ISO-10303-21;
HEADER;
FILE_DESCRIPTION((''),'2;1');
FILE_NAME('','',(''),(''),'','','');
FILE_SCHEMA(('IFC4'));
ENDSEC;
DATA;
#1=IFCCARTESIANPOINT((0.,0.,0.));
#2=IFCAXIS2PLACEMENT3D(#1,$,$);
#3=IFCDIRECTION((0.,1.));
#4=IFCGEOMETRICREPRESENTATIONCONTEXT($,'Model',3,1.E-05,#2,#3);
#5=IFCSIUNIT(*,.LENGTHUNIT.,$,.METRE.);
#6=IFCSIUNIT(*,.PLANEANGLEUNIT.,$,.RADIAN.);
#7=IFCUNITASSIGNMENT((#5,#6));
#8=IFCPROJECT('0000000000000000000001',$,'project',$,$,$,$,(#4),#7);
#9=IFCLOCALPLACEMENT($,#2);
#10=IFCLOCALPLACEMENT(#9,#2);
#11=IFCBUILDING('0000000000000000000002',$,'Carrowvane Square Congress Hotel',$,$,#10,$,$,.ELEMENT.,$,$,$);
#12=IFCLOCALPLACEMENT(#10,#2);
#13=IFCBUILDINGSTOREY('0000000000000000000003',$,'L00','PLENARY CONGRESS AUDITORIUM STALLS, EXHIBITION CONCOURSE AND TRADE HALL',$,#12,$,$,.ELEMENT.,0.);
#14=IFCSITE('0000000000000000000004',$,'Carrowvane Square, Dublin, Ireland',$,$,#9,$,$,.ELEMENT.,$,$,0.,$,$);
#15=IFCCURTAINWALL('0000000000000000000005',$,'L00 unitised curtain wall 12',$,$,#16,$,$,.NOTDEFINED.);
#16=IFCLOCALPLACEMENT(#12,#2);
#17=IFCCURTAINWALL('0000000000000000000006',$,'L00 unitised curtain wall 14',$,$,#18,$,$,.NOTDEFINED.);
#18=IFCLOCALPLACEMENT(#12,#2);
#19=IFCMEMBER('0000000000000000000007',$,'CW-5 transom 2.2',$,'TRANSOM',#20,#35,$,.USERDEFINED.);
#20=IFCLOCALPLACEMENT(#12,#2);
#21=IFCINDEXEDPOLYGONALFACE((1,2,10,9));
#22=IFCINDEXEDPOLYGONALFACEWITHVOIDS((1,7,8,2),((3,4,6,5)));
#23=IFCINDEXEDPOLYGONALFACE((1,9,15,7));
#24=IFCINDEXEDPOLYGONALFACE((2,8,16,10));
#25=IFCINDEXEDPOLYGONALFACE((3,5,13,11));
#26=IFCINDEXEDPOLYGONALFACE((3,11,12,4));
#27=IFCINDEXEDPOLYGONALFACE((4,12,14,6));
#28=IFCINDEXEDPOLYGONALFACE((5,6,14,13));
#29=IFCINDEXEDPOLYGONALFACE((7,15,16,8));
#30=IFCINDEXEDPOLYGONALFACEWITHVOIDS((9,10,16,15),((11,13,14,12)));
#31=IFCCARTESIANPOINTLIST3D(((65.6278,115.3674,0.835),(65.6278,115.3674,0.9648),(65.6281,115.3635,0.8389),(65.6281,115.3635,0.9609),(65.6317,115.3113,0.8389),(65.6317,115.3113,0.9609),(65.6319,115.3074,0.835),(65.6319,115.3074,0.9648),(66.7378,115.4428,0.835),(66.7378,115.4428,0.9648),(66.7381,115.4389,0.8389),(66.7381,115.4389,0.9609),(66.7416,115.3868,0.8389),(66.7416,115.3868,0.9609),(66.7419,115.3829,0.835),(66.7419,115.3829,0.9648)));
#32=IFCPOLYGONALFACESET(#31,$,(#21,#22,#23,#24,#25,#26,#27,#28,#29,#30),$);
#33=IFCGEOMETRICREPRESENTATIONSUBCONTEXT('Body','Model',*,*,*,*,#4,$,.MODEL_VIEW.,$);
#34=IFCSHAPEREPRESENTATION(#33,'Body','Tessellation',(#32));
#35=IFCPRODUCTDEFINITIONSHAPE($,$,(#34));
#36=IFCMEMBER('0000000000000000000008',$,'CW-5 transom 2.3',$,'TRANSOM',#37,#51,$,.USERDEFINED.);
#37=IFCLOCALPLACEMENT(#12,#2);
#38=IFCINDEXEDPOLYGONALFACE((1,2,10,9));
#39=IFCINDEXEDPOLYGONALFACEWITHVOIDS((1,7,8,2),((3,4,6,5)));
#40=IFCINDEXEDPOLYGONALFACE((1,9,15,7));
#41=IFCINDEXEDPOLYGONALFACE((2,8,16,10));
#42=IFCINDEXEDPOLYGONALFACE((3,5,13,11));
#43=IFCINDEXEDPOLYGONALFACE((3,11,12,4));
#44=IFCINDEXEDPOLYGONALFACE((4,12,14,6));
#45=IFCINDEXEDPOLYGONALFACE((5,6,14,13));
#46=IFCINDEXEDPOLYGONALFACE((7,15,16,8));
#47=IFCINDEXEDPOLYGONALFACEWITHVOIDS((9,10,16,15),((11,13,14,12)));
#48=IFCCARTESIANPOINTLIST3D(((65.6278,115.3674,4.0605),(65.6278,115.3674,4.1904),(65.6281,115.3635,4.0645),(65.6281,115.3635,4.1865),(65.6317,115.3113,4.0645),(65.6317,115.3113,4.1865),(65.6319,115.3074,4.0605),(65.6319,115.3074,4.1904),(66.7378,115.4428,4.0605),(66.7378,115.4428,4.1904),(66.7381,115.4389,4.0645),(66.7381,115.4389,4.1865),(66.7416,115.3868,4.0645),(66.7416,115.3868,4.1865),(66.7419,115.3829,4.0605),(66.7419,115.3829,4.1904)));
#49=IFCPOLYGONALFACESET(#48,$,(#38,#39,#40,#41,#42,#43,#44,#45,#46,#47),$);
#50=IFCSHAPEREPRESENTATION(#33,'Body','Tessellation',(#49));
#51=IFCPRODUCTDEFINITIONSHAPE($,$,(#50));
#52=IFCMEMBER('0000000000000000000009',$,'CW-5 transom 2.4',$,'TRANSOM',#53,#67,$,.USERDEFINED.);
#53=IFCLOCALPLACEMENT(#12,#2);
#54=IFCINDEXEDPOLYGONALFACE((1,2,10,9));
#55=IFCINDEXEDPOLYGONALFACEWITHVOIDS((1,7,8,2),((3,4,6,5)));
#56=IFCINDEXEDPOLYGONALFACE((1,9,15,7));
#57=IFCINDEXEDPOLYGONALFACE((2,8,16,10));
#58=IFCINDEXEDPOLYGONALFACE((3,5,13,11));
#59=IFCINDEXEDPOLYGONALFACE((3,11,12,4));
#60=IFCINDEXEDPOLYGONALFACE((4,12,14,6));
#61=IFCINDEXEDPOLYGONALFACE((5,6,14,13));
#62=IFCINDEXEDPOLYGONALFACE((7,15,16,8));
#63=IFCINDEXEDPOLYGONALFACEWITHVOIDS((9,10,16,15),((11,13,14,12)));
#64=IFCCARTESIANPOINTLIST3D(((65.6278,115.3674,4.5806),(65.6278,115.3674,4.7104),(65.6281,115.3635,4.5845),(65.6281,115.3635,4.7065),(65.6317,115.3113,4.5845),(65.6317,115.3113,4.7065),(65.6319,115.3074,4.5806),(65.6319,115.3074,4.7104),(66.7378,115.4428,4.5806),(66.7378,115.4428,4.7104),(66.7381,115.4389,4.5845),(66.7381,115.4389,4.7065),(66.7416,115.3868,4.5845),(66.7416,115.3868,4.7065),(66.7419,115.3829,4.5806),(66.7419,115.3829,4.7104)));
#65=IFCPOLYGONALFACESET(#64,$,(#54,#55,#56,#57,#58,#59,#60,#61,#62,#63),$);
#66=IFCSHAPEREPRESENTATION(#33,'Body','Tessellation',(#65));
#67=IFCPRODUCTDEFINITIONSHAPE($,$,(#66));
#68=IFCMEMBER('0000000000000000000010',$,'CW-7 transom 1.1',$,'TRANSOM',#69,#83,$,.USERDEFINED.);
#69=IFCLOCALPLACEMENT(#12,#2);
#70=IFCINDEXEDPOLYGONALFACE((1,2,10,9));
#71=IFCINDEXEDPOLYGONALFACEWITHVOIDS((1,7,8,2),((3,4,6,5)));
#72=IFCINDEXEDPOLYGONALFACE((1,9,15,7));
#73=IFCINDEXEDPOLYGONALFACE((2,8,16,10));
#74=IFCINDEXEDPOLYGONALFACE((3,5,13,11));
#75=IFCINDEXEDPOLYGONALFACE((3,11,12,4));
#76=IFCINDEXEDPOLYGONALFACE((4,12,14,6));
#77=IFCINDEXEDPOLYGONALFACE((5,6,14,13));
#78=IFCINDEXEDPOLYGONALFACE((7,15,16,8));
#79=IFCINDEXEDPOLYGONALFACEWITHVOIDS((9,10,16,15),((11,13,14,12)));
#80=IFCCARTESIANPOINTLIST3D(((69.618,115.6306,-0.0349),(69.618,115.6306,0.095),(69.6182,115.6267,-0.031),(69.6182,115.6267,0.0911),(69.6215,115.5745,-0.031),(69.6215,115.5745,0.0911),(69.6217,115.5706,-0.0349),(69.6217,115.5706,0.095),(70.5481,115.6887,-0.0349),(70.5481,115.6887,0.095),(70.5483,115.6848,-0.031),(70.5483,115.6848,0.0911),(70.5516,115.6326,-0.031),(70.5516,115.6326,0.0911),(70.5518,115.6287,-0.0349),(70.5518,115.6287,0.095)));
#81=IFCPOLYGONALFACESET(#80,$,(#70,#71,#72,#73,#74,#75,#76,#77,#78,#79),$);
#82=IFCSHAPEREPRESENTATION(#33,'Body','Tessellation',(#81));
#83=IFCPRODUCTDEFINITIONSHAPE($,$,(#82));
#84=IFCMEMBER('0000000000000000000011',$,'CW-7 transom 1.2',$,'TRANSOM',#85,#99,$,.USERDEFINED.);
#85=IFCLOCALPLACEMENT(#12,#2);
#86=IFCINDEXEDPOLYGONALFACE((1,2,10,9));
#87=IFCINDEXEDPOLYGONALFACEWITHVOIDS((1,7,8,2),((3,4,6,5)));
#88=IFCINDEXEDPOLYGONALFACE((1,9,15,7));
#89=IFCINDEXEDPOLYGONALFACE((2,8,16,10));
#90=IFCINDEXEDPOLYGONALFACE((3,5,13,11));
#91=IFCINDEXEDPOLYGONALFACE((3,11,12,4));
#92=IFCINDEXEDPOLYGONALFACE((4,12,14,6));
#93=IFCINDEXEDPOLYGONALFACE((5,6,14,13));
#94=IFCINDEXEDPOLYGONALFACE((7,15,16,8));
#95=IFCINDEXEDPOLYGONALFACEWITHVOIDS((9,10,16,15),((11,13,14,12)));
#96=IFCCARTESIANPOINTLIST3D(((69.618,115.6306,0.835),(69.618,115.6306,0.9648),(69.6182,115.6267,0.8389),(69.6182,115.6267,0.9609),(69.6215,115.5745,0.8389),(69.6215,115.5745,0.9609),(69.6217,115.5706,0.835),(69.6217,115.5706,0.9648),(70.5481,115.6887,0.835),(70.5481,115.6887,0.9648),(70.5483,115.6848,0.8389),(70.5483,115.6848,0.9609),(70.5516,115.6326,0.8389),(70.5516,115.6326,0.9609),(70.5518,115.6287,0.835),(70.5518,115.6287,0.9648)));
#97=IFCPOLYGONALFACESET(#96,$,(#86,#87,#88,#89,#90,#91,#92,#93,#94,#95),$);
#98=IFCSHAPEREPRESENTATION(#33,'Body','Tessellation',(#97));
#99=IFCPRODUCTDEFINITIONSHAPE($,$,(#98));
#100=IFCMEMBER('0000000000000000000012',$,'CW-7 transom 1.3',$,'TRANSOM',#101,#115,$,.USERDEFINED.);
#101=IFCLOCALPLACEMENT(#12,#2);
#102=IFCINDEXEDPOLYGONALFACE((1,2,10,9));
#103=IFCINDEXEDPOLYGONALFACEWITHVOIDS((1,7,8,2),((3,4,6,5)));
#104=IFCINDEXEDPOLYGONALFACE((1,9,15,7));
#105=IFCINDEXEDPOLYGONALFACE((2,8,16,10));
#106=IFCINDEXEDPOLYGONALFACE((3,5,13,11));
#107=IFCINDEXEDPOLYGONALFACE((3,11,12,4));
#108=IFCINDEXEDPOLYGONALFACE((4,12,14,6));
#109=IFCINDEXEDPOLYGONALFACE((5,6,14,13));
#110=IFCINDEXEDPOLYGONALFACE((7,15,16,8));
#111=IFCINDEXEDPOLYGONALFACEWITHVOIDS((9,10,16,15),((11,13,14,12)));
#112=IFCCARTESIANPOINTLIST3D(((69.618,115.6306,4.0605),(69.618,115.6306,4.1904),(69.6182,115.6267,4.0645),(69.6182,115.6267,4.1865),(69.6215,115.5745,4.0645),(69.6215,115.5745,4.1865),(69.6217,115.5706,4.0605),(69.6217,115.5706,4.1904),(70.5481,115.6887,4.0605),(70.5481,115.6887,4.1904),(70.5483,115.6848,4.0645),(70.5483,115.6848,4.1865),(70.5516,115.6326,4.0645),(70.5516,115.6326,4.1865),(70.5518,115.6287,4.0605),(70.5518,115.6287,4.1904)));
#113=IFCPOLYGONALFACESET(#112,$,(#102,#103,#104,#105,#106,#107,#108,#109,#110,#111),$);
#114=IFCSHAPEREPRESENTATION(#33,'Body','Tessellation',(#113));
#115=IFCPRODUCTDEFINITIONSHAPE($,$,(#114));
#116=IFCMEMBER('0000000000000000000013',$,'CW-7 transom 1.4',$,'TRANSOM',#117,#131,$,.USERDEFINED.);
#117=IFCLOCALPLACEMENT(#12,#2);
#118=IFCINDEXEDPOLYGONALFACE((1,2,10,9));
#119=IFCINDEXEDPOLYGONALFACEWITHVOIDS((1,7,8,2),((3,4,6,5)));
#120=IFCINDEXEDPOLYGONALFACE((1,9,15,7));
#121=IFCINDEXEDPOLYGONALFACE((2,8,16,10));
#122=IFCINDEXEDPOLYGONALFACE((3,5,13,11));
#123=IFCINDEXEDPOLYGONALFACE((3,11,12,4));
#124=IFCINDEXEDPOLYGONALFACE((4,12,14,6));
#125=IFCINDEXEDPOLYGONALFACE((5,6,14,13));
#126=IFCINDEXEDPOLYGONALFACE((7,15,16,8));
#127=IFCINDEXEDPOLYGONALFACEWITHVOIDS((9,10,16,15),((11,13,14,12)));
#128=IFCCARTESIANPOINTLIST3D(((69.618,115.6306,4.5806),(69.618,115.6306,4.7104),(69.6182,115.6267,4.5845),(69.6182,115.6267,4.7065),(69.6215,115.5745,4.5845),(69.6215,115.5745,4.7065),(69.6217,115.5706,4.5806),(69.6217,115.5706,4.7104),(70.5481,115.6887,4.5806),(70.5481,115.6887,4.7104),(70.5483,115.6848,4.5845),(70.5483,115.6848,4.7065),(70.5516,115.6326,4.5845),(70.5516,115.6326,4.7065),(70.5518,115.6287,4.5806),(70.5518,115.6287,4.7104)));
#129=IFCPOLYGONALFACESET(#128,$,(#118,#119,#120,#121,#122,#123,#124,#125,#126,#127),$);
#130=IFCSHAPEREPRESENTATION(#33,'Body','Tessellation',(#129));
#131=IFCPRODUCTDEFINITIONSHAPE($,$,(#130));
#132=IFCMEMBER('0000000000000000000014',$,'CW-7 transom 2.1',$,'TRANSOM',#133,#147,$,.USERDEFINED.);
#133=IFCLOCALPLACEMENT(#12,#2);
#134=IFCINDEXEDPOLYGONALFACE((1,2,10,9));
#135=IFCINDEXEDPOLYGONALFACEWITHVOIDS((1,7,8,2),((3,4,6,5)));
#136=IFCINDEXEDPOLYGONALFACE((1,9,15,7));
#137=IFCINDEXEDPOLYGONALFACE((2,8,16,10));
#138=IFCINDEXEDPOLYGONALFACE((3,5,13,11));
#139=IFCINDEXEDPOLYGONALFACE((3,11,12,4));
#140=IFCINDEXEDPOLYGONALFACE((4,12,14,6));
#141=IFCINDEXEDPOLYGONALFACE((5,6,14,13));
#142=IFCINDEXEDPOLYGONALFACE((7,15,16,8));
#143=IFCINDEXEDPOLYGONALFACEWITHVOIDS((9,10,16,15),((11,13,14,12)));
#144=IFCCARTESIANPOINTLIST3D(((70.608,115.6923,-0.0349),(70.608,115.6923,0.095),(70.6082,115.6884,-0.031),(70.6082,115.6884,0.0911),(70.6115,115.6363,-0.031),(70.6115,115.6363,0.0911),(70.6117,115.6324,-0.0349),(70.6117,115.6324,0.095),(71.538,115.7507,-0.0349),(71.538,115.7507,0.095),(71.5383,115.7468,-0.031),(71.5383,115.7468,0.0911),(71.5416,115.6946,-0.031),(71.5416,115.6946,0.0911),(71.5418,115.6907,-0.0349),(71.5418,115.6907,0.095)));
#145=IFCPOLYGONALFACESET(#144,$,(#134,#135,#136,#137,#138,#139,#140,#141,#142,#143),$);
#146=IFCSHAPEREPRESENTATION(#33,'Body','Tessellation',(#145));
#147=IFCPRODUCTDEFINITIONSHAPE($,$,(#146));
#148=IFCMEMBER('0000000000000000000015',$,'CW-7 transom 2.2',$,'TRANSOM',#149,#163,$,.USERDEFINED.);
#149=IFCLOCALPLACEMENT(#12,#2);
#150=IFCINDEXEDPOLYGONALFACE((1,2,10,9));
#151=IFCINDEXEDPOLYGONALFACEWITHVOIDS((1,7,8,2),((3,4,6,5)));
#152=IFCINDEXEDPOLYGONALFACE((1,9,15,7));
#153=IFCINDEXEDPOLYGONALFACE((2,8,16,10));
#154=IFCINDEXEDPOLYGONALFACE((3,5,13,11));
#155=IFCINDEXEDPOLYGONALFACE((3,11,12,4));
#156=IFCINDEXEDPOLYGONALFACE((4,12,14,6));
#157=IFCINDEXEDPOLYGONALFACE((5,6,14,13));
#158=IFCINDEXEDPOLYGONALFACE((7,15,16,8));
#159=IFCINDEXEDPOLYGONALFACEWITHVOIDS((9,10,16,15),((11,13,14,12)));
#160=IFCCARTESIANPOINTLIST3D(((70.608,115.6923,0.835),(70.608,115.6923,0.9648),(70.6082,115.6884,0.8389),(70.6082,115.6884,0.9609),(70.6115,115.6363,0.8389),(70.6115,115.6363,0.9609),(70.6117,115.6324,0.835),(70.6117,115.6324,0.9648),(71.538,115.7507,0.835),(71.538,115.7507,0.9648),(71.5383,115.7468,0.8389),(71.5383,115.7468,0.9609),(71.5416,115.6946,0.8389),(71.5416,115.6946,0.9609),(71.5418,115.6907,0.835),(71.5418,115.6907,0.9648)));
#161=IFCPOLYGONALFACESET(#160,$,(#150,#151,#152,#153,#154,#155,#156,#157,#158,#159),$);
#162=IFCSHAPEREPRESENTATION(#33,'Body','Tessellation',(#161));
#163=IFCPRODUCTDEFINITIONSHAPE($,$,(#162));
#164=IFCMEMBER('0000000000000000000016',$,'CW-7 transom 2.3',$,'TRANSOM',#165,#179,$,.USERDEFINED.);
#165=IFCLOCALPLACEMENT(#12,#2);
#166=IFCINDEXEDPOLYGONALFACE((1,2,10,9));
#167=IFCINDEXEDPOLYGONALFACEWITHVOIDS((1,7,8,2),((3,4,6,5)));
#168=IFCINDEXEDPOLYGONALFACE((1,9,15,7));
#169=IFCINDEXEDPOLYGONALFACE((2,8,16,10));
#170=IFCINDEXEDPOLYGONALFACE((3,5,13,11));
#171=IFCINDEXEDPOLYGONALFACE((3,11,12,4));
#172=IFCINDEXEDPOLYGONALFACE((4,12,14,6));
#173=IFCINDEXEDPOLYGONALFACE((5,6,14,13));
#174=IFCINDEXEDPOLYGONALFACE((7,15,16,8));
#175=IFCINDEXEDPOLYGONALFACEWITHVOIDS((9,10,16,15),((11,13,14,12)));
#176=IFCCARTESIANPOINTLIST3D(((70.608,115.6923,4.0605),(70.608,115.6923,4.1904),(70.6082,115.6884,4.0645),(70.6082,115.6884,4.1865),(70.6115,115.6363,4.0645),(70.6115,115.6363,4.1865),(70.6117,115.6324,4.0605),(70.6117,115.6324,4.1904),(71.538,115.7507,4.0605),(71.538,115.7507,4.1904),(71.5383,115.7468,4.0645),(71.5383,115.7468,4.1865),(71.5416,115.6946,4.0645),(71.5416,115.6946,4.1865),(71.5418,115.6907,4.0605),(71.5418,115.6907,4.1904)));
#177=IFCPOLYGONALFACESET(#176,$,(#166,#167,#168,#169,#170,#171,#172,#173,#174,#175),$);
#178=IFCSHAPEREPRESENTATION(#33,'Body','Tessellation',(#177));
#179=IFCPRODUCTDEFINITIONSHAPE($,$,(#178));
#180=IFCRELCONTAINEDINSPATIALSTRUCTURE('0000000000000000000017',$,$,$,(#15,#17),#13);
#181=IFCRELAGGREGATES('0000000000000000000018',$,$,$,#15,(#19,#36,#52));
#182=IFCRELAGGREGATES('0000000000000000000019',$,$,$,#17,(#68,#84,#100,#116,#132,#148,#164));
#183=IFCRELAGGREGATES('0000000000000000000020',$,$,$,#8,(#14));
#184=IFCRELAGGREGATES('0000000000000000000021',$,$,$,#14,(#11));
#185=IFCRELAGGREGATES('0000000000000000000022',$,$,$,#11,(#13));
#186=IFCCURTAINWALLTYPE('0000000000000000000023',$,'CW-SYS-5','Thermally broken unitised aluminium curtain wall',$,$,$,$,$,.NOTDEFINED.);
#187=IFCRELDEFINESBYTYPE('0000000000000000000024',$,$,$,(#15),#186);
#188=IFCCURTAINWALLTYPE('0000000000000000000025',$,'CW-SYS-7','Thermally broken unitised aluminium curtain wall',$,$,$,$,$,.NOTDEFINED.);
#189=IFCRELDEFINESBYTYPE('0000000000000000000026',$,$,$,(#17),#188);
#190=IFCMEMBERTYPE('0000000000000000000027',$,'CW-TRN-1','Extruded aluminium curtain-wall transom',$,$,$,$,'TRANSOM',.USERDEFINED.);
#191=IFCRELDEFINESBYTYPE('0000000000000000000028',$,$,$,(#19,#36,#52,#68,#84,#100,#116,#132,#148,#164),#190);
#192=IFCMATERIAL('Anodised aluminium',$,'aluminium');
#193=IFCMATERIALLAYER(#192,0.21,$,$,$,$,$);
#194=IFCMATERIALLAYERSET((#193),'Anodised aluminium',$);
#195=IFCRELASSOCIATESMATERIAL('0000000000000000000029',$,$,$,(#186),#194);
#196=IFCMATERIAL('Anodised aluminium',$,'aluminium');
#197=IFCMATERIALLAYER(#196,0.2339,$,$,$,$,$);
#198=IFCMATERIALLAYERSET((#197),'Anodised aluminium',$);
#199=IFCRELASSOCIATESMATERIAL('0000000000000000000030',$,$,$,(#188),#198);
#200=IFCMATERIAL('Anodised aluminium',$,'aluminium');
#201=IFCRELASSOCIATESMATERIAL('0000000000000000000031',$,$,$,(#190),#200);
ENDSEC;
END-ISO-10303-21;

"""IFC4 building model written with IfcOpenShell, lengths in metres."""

from ifc_helpers import new_model, si_unit, direction, frame, origin, origin_2d, place, context, subcontext, project, spatial, hollow_rectangle, extrude, material, layer, layer_set, material_profile, profile_set, type_object, element, aggregate, save


model = new_model("IFC4")

# Units and contexts
model_context = context("Model", 3, precision=1e-05, world=origin(), true_north=direction((0.0, 1.0)))
body_context = subcontext(model_context, "Body", "Model", "MODEL_VIEW")
ifc_project = project(units=[si_unit("LENGTHUNIT", "METRE"), si_unit("PLANEANGLEUNIT", "RADIAN")], contexts=[model_context])

# Site, building, storey
site_placement = place(None, origin())
site = spatial("IfcSite", under=ifc_project, at=site_placement, Name="Carrowvane Square, Dublin, Ireland", CompositionType="ELEMENT", RefElevation=0.0)
building_placement = place(site_placement, origin())
building = spatial("IfcBuilding", under=site, at=building_placement, Name="Carrowvane Square Congress Hotel", CompositionType="ELEMENT")
storey_placement = place(building_placement, origin())
storey = spatial("IfcBuildingStorey", under=building, at=storey_placement, Name="L00", Description="PLENARY CONGRESS AUDITORIUM STALLS, EXHIBITION CONCOURSE AND TRADE HALL", CompositionType="ELEMENT", Elevation=0.0)

# Curtain walls
ifc_material_1 = material(Name="Anodised aluminium", Category="aluminium")
ifc_layer_1 = layer(ifc_material_1, 0.21)
ifc_layer_set_1 = layer_set([ifc_layer_1], Name="Anodised aluminium")
curtain_wall_type_1 = type_object("IfcCurtainWallType", Name="CW-SYS-5", Description="Thermally broken unitised aluminium curtain wall", PredefinedType="NOTDEFINED", material=ifc_layer_set_1)
curtain_wall_1_placement = place(storey_placement, origin())
curtain_wall_1 = element("IfcCurtainWall", 1, at=curtain_wall_1_placement, inside=storey, type_object=curtain_wall_type_1, Name="L00 unitised curtain wall 12", PredefinedType="NOTDEFINED")
ifc_material_2 = material(Name="Anodised aluminium", Category="aluminium")
ifc_layer_2 = layer(ifc_material_2, 0.2339)
ifc_layer_set_2 = layer_set([ifc_layer_2], Name="Anodised aluminium")
curtain_wall_type_2 = type_object("IfcCurtainWallType", Name="CW-SYS-7", Description="Thermally broken unitised aluminium curtain wall", PredefinedType="NOTDEFINED", material=ifc_layer_set_2)
curtain_wall_2_placement = place(storey_placement, origin())
curtain_wall_2 = element("IfcCurtainWall", 2, at=curtain_wall_2_placement, inside=storey, type_object=curtain_wall_type_2, Name="L00 unitised curtain wall 14", PredefinedType="NOTDEFINED")

# Members
ifc_material_3 = material(Name="Anodised aluminium", Category="aluminium")
ifc_material_profile_1 = material_profile(ifc_material_3, hollow_rectangle(XDim=0.0601, YDim=0.1299, WallThickness=0.0039, at=origin_2d()), Name="CW-TR 60x130x4")
ifc_profile_set_1 = profile_set([ifc_material_profile_1], Name="Anodised aluminium")
member_type_1 = type_object("IfcMemberType", Name="CW-TRN-1", Description="Extruded aluminium curtain-wall transom", ElementType="TRANSOM", PredefinedType="USERDEFINED", material=ifc_profile_set_1)
member_1_placement = place(storey_placement, frame((65.6299, 115.3374, 0.8999), z_axis=(0.997699, 0.067801, 0.0), x_axis=(-0.067801, 0.997699, 0.0)))
member_1 = element("IfcMember", 3, at=member_1_placement, type_object=member_type_1, Name="CW-5 transom 2.2", ObjectType="TRANSOM", PredefinedType="USERDEFINED", context=body_context, shape_type="SweptSolid", body=[
    extrude(hollow_rectangle(XDim=0.0601, YDim=0.1299, WallThickness=0.0039, at=origin_2d()), origin(), (0.0, 0.0, 1.0), 1.1125),
])
member_2_placement = place(storey_placement, frame((65.6299, 115.3374, 4.1255), z_axis=(0.997699, 0.067801, 0.0), x_axis=(-0.067801, 0.997699, 0.0)))
member_2 = element("IfcMember", 4, at=member_2_placement, type_object=member_type_1, Name="CW-5 transom 2.3", ObjectType="TRANSOM", PredefinedType="USERDEFINED", context=body_context, shape_type="SweptSolid", body=[
    extrude(hollow_rectangle(XDim=0.0601, YDim=0.1299, WallThickness=0.0039, at=origin_2d()), origin(), (0.0, 0.0, 1.0), 1.1125),
])
member_3_placement = place(storey_placement, frame((65.6299, 115.3374, 4.6455), z_axis=(0.997699, 0.067801, 0.0), x_axis=(-0.067801, 0.997699, 0.0)))
member_3 = element("IfcMember", 5, at=member_3_placement, type_object=member_type_1, Name="CW-5 transom 2.4", ObjectType="TRANSOM", PredefinedType="USERDEFINED", context=body_context, shape_type="SweptSolid", body=[
    extrude(hollow_rectangle(XDim=0.0601, YDim=0.1299, WallThickness=0.0039, at=origin_2d()), origin(), (0.0, 0.0, 1.0), 1.1125),
])
member_4_placement = place(storey_placement, frame((69.6199, 115.6006, 0.03), z_axis=(0.998055, 0.062346, 0.0), x_axis=(-0.062346, 0.998055, 0.0)))
member_4 = element("IfcMember", 6, at=member_4_placement, type_object=member_type_1, Name="CW-7 transom 1.1", ObjectType="TRANSOM", PredefinedType="USERDEFINED", context=body_context, shape_type="SweptSolid", body=[
    extrude(hollow_rectangle(XDim=0.0601, YDim=0.1299, WallThickness=0.0039, at=origin_2d()), origin(), (0.0, 0.0, 1.0), 0.9319),
])
member_5_placement = place(storey_placement, frame((69.6199, 115.6006, 0.8999), z_axis=(0.998055, 0.062346, 0.0), x_axis=(-0.062346, 0.998055, 0.0)))
member_5 = element("IfcMember", 7, at=member_5_placement, type_object=member_type_1, Name="CW-7 transom 1.2", ObjectType="TRANSOM", PredefinedType="USERDEFINED", context=body_context, shape_type="SweptSolid", body=[
    extrude(hollow_rectangle(XDim=0.0601, YDim=0.1299, WallThickness=0.0039, at=origin_2d()), origin(), (0.0, 0.0, 1.0), 0.9319),
])
member_6_placement = place(storey_placement, frame((69.6199, 115.6006, 4.1255), z_axis=(0.998055, 0.062346, 0.0), x_axis=(-0.062346, 0.998055, 0.0)))
member_6 = element("IfcMember", 8, at=member_6_placement, type_object=member_type_1, Name="CW-7 transom 1.3", ObjectType="TRANSOM", PredefinedType="USERDEFINED", context=body_context, shape_type="SweptSolid", body=[
    extrude(hollow_rectangle(XDim=0.0601, YDim=0.1299, WallThickness=0.0039, at=origin_2d()), origin(), (0.0, 0.0, 1.0), 0.9319),
])
member_7_placement = place(storey_placement, frame((69.6199, 115.6006, 4.6455), z_axis=(0.998055, 0.062346, 0.0), x_axis=(-0.062346, 0.998055, 0.0)))
member_7 = element("IfcMember", 9, at=member_7_placement, type_object=member_type_1, Name="CW-7 transom 1.4", ObjectType="TRANSOM", PredefinedType="USERDEFINED", context=body_context, shape_type="SweptSolid", body=[
    extrude(hollow_rectangle(XDim=0.0601, YDim=0.1299, WallThickness=0.0039, at=origin_2d()), origin(), (0.0, 0.0, 1.0), 0.9319),
])
member_8_placement = place(storey_placement, frame((70.6099, 115.6624, 0.03), z_axis=(0.998038, 0.062607, 0.0), x_axis=(-0.062607, 0.998038, 0.0)))
member_8 = element("IfcMember", 10, at=member_8_placement, type_object=member_type_1, Name="CW-7 transom 2.1", ObjectType="TRANSOM", PredefinedType="USERDEFINED", context=body_context, shape_type="SweptSolid", body=[
    extrude(hollow_rectangle(XDim=0.0601, YDim=0.1299, WallThickness=0.0039, at=origin_2d()), origin(), (0.0, 0.0, 1.0), 0.9319),
])
member_9_placement = place(storey_placement, frame((70.6099, 115.6624, 0.8999), z_axis=(0.998038, 0.062607, 0.0), x_axis=(-0.062607, 0.998038, 0.0)))
member_9 = element("IfcMember", 11, at=member_9_placement, type_object=member_type_1, Name="CW-7 transom 2.2", ObjectType="TRANSOM", PredefinedType="USERDEFINED", context=body_context, shape_type="SweptSolid", body=[
    extrude(hollow_rectangle(XDim=0.0601, YDim=0.1299, WallThickness=0.0039, at=origin_2d()), origin(), (0.0, 0.0, 1.0), 0.9319),
])
member_10_placement = place(storey_placement, frame((70.6099, 115.6624, 4.1255), z_axis=(0.998038, 0.062607, 0.0), x_axis=(-0.062607, 0.998038, 0.0)))
member_10 = element("IfcMember", 12, at=member_10_placement, type_object=member_type_1, Name="CW-7 transom 2.3", ObjectType="TRANSOM", PredefinedType="USERDEFINED", context=body_context, shape_type="SweptSolid", body=[
    extrude(hollow_rectangle(XDim=0.0601, YDim=0.1299, WallThickness=0.0039, at=origin_2d()), origin(), (0.0, 0.0, 1.0), 0.9319),
])

aggregate(curtain_wall_1, [member_1, member_2, member_3])
aggregate(curtain_wall_2, [member_4, member_5, member_6, member_7, member_8, member_9, member_10])

save(model, "model.ifc")
